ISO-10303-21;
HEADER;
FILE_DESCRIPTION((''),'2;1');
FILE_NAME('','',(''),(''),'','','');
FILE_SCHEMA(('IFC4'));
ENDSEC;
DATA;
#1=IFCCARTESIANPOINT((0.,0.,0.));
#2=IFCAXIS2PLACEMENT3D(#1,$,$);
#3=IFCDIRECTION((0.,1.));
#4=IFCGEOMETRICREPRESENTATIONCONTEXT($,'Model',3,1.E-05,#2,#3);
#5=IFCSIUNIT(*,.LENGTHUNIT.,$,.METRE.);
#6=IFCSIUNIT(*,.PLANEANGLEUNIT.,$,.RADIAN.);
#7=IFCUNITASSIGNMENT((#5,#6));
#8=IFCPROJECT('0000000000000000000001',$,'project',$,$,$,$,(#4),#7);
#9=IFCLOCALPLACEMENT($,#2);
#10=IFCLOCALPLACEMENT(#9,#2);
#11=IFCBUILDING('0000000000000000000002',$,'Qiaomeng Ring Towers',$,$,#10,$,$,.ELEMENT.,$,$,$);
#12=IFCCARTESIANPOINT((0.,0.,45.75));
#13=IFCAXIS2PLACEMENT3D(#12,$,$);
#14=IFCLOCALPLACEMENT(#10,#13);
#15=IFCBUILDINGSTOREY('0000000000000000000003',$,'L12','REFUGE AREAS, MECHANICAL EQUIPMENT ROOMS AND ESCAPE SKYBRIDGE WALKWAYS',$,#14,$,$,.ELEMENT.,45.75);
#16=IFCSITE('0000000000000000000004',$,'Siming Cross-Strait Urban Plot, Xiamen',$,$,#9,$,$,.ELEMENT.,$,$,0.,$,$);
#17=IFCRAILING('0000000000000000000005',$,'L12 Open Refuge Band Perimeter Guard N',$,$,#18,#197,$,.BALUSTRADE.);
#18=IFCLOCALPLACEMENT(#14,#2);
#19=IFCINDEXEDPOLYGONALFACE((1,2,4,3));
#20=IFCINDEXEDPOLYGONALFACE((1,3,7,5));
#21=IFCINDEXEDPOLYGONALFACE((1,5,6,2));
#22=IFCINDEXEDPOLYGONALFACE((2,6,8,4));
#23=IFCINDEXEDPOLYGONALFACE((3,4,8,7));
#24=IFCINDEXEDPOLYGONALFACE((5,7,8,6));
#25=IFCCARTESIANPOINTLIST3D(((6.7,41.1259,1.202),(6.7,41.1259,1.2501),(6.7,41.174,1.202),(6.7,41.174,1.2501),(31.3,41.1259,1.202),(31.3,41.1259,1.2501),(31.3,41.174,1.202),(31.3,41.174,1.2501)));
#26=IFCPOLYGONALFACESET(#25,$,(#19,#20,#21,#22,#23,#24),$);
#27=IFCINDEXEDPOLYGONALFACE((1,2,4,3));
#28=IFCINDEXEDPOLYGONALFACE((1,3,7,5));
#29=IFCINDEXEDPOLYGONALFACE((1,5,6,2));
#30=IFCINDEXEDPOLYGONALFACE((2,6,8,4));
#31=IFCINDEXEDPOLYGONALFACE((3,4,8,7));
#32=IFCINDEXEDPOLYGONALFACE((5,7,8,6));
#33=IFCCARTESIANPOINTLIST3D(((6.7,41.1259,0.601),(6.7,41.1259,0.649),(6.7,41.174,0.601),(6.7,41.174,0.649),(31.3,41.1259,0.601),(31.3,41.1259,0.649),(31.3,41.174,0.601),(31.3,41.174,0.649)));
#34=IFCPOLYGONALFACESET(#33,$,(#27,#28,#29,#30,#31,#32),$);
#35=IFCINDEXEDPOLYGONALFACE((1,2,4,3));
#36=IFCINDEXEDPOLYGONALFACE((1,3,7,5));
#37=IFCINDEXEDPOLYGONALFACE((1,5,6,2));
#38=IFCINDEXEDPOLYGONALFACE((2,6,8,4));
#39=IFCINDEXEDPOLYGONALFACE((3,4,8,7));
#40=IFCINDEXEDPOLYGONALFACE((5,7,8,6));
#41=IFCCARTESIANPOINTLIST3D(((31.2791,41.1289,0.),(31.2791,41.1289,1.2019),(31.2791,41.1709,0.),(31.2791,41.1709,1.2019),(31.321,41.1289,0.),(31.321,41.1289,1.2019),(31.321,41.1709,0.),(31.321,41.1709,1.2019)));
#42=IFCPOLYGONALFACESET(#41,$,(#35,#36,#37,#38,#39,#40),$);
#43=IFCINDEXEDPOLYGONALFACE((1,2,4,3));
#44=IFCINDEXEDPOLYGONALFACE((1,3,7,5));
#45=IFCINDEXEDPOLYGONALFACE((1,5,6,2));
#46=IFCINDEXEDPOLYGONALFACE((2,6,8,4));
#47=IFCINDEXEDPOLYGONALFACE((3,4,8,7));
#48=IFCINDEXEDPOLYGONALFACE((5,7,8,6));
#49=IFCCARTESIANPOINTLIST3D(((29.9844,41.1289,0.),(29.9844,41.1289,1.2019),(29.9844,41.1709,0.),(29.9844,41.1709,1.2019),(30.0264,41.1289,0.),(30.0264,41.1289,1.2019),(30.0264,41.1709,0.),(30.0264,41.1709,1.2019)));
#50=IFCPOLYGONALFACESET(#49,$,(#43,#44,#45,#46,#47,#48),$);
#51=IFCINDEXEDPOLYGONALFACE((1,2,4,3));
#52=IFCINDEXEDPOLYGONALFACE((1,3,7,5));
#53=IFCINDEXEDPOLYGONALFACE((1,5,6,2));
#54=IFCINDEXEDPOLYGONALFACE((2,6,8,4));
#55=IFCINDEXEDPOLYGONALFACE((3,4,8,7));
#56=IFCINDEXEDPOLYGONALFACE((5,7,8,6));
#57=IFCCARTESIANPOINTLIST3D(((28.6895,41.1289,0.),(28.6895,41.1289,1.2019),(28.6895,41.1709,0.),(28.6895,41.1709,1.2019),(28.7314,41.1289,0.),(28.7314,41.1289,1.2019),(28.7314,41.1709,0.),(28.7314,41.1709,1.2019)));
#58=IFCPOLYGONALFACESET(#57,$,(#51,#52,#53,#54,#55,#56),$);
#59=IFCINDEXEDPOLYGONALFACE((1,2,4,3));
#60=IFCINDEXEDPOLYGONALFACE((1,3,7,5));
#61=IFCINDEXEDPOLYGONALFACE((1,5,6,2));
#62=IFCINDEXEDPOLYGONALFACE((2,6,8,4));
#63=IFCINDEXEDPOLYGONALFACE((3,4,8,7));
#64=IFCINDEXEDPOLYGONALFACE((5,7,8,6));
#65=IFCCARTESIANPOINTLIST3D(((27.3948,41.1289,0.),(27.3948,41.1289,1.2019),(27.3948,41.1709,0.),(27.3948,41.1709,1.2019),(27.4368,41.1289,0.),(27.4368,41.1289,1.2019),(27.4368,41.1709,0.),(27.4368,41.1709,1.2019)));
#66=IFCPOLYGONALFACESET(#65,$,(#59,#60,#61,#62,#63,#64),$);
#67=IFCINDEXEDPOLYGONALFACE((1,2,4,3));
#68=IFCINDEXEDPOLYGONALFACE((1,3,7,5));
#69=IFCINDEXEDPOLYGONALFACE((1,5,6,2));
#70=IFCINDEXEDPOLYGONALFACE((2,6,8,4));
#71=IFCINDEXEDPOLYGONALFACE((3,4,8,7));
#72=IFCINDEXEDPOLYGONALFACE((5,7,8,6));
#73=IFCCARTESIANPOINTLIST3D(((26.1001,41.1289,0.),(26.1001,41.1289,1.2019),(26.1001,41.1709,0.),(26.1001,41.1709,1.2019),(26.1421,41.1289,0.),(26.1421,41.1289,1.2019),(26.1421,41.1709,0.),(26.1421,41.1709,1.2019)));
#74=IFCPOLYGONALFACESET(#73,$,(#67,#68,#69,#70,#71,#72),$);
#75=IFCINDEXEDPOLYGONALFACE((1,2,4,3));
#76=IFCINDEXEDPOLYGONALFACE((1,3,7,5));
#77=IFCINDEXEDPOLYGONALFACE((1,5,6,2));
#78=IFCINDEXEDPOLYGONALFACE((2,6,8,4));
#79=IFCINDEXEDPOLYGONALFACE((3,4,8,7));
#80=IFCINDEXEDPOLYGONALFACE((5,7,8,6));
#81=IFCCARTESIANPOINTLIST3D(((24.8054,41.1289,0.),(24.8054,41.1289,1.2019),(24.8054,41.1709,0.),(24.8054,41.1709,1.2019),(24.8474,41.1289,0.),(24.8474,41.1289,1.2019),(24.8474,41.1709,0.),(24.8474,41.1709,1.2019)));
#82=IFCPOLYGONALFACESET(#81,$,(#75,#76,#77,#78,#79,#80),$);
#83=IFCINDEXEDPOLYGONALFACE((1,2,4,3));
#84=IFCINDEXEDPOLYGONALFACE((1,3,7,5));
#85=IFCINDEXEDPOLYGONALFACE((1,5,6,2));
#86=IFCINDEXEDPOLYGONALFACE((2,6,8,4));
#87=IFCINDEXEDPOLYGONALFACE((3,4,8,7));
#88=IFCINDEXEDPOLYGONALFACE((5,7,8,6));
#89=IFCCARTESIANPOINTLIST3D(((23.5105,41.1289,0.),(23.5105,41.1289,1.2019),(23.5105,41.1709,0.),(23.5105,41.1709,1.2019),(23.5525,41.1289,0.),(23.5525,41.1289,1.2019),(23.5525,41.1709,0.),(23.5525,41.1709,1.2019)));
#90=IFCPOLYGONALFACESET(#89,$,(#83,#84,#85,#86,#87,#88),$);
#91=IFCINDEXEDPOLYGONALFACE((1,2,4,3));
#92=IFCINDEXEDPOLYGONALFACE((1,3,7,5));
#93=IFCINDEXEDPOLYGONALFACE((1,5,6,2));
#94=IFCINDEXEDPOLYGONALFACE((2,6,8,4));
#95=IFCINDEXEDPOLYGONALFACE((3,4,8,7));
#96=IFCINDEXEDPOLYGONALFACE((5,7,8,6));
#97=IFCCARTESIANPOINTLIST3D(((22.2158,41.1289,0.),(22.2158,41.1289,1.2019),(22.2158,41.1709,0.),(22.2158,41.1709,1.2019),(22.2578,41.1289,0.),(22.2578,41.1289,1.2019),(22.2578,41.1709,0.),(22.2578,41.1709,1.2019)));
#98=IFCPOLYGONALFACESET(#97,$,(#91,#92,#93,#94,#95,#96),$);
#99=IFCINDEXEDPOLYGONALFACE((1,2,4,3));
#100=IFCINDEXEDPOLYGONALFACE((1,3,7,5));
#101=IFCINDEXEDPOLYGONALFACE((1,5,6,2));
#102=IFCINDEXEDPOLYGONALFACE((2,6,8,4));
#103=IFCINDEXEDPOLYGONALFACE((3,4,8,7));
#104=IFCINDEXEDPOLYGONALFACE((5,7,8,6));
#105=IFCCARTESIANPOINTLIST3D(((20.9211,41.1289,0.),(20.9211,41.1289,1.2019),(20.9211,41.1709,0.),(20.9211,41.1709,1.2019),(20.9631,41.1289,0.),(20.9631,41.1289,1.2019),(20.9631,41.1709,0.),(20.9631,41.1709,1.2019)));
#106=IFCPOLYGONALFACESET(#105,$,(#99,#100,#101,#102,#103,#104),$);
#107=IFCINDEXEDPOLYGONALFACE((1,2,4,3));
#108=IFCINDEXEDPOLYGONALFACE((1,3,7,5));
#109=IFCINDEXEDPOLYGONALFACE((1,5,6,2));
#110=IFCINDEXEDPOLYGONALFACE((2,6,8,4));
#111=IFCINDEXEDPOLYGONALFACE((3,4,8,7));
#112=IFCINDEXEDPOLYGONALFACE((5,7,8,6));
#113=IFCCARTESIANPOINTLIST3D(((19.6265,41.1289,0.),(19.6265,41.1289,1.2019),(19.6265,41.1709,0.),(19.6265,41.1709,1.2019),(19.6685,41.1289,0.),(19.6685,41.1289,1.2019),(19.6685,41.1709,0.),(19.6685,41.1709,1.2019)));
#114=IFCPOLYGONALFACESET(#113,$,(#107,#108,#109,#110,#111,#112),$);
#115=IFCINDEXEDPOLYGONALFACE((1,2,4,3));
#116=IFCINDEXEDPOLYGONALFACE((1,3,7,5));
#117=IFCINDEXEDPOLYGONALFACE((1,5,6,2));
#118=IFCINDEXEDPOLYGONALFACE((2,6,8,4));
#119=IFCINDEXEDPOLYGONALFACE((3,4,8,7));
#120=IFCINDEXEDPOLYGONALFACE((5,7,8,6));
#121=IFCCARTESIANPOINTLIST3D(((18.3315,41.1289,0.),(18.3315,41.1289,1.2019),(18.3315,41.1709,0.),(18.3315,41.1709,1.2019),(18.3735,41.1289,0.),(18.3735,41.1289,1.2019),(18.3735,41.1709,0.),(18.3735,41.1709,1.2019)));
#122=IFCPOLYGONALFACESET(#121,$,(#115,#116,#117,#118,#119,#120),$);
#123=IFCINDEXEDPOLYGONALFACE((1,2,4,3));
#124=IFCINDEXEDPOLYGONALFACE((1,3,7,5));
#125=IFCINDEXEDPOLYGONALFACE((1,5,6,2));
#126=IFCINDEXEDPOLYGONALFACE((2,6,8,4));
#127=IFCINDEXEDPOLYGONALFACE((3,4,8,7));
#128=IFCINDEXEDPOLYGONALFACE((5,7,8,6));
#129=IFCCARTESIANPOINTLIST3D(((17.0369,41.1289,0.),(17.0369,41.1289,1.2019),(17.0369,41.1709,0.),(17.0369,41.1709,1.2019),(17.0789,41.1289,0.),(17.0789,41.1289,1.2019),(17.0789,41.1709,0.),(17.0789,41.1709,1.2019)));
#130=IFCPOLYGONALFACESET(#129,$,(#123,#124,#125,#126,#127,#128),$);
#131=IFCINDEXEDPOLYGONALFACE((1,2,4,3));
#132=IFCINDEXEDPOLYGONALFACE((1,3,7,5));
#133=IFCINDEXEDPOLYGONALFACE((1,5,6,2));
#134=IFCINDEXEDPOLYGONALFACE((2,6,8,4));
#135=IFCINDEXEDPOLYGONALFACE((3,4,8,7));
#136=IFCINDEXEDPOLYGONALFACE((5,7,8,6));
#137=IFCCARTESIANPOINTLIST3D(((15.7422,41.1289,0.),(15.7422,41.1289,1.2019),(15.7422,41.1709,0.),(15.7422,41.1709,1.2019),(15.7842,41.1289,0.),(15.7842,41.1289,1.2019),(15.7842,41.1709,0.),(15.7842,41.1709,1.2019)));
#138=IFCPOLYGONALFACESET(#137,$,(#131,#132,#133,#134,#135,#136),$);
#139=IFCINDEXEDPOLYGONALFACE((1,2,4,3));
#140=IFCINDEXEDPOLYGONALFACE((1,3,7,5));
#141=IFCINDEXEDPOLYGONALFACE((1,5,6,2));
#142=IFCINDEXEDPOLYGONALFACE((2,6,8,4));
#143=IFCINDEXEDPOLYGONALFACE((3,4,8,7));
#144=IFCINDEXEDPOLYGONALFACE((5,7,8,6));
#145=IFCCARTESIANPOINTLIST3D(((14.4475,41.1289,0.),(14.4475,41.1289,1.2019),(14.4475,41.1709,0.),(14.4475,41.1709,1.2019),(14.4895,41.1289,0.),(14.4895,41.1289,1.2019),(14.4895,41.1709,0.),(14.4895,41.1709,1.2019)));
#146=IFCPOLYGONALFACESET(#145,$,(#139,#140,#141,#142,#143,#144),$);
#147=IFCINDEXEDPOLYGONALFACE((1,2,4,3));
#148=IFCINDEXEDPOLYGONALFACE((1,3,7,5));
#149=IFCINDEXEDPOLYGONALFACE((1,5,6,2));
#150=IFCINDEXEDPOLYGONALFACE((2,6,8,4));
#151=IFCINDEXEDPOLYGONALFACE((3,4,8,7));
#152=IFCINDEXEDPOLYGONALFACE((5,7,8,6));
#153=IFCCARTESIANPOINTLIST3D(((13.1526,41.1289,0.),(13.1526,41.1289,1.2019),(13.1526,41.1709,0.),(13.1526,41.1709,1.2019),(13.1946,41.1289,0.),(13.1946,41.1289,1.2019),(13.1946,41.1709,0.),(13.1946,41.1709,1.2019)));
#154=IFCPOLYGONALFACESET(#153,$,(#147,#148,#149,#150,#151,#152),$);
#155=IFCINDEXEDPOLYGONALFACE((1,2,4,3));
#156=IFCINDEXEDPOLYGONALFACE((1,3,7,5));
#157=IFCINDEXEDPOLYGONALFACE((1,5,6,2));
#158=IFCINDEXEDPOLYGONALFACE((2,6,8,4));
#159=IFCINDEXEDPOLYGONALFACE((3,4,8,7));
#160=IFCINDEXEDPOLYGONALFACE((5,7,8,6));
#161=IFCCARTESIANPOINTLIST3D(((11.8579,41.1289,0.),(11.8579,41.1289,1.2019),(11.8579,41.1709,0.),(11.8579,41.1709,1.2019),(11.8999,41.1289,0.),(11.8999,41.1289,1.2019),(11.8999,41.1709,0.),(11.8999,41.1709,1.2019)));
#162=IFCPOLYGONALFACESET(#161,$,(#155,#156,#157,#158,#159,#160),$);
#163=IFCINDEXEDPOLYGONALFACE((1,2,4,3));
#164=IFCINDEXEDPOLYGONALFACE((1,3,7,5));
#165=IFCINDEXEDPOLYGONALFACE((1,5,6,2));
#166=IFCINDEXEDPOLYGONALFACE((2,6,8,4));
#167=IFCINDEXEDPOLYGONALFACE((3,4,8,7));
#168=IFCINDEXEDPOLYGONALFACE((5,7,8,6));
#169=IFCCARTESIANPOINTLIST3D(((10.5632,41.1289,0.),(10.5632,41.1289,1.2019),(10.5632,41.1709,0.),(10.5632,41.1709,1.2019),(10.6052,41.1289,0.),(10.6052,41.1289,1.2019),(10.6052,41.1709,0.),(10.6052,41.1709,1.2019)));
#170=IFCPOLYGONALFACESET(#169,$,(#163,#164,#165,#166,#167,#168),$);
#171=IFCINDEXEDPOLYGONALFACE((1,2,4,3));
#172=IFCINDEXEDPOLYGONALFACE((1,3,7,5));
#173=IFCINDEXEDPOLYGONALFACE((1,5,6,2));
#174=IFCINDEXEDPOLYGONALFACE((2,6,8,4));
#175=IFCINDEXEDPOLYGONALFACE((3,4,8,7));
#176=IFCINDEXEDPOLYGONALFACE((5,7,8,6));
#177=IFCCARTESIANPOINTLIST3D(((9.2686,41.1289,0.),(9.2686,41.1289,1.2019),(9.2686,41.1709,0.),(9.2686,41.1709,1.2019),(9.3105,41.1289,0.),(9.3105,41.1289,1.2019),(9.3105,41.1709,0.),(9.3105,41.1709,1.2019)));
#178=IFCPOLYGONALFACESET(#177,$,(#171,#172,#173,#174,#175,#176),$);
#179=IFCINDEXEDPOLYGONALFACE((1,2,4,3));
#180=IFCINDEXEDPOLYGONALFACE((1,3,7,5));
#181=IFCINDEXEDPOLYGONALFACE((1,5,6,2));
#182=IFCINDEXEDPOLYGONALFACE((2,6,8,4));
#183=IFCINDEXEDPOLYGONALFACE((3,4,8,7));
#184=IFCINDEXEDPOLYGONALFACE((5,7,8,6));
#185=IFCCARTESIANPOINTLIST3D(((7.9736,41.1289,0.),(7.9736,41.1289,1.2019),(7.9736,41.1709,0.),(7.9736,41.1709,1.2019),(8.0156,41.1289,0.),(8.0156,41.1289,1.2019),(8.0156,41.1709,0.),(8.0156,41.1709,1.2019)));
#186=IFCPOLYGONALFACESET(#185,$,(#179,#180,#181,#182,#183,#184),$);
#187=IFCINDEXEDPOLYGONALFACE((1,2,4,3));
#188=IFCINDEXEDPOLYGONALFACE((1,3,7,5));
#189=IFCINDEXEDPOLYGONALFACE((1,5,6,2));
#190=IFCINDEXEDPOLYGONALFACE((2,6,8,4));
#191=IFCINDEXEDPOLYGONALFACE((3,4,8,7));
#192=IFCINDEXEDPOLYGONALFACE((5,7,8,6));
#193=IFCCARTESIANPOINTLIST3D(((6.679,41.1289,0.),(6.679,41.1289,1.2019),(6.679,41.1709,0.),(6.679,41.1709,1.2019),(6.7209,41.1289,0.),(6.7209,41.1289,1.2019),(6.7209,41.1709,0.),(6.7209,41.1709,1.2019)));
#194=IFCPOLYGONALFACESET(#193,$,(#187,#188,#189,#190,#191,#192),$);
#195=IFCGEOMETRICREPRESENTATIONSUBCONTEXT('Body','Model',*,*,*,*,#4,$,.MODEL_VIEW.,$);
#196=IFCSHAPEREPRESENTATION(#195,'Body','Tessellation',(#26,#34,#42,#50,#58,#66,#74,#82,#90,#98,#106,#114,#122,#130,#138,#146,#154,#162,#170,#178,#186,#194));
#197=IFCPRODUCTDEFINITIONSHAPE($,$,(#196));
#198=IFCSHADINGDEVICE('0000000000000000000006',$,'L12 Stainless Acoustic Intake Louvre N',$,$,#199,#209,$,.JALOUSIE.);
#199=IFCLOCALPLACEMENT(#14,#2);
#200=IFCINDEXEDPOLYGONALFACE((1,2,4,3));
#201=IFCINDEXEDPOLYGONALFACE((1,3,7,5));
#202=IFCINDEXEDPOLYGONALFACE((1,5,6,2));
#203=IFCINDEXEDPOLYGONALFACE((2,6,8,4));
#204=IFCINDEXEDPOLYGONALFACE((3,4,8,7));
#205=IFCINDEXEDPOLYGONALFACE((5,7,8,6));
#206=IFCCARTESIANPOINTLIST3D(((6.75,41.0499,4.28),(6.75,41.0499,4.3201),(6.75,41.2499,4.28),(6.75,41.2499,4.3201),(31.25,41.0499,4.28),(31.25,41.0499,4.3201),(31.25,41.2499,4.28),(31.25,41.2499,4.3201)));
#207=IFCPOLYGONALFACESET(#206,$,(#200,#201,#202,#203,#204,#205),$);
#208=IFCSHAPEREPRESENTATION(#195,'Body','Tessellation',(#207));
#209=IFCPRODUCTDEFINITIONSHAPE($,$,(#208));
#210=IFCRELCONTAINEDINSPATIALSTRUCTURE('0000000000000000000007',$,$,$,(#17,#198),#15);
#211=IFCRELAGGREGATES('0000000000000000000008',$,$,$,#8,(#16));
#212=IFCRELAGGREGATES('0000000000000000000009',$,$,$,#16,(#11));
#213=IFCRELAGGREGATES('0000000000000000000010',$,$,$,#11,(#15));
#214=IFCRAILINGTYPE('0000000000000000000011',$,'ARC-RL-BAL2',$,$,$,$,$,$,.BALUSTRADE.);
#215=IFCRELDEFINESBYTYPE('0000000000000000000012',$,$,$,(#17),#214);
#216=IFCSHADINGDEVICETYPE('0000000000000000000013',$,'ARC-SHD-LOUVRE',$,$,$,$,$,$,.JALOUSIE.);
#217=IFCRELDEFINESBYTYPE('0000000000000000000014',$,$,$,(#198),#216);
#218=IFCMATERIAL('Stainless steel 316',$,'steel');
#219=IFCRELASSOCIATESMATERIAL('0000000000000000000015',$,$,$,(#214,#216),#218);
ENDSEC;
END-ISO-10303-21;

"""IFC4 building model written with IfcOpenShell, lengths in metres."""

from ifc_helpers import new_model, si_unit, direction, frame, origin, origin_2d, place, context, subcontext, project, spatial, rectangle, extrude, source, transform, mapped, material, material_profile, profile_set, type_object, element, save


model = new_model("IFC4")

# Units and contexts
model_context = context("Model", 3, precision=1e-05, world=origin(), true_north=direction((0.0, 1.0)))
body_context = subcontext(model_context, "Body", "Model", "MODEL_VIEW")
ifc_project = project(units=[si_unit("LENGTHUNIT", "METRE"), si_unit("PLANEANGLEUNIT", "RADIAN")], contexts=[model_context])

# Site, building, storey
site_placement = place(None, origin())
site = spatial("IfcSite", under=ifc_project, at=site_placement, Name="Siming Cross-Strait Urban Plot, Xiamen", CompositionType="ELEMENT", RefElevation=0.0)
building_placement = place(site_placement, origin())
building = spatial("IfcBuilding", under=site, at=building_placement, Name="Qiaomeng Ring Towers", CompositionType="ELEMENT")
storey_placement = place(building_placement, frame((0.0, 0.0, 45.75)))
storey = spatial("IfcBuildingStorey", under=building, at=storey_placement, Name="L12", Description="REFUGE AREAS, MECHANICAL EQUIPMENT ROOMS AND ESCAPE SKYBRIDGE WALKWAYS", CompositionType="ELEMENT", Elevation=45.75)

# Shared definitions
ifc_material_1 = material(Name="Stainless steel 316", Category="steel")

# Railing
railing_type_1 = type_object("IfcRailingType", Name="ARC-RL-BAL2", PredefinedType="BALUSTRADE", material=ifc_material_1)
railing_1_placement = place(storey_placement, frame((31.3, 41.1499, 0.0)))
element("IfcRailing", 1, at=railing_1_placement, inside=storey, type_object=railing_type_1, Name="L12 Open Refuge Band Perimeter Guard N", PredefinedType="BALUSTRADE", context=body_context, shape_type="SweptSolid", body=[
    extrude(rectangle(XDim=0.0481, YDim=0.0481, at=origin_2d()), frame((0.0, 0.0, 1.2261), z_axis=(-1.0, 0.0, 0.0), x_axis=(0.0, -1.0, 0.0)), (0.0, 0.0, 1.0), 24.6001),
    extrude(rectangle(XDim=0.0481, YDim=0.0481, at=origin_2d()), frame((0.0, 0.0, 0.625), z_axis=(-1.0, 0.0, 0.0), x_axis=(0.0, -1.0, 0.0)), (0.0, 0.0, 1.0), 24.6001),
    extrude(rectangle(XDim=0.042, YDim=0.042, at=origin_2d()), origin(), (0.0, 0.0, 1.0), 1.2019),
    extrude(rectangle(XDim=0.042, YDim=0.042, at=origin_2d()), frame((-1.2947, 0.0, 0.0)), (0.0, 0.0, 1.0), 1.2019),
    extrude(rectangle(XDim=0.042, YDim=0.042, at=origin_2d()), frame((-2.5896, 0.0, 0.0)), (0.0, 0.0, 1.0), 1.2019),
    extrude(rectangle(XDim=0.042, YDim=0.042, at=origin_2d()), frame((-3.8843, 0.0, 0.0)), (0.0, 0.0, 1.0), 1.2019),
    extrude(rectangle(XDim=0.042, YDim=0.042, at=origin_2d()), frame((-5.179, 0.0, 0.0)), (0.0, 0.0, 1.0), 1.2019),
    extrude(rectangle(XDim=0.042, YDim=0.042, at=origin_2d()), frame((-6.4736, 0.0, 0.0)), (0.0, 0.0, 1.0), 1.2019),
    extrude(rectangle(XDim=0.042, YDim=0.042, at=origin_2d()), frame((-7.7686, 0.0, 0.0)), (0.0, 0.0, 1.0), 1.2019),
    extrude(rectangle(XDim=0.042, YDim=0.042, at=origin_2d()), frame((-9.0632, 0.0, 0.0)), (0.0, 0.0, 1.0), 1.2019),
    extrude(rectangle(XDim=0.042, YDim=0.042, at=origin_2d()), frame((-10.3579, 0.0, 0.0)), (0.0, 0.0, 1.0), 1.2019),
    extrude(rectangle(XDim=0.042, YDim=0.042, at=origin_2d()), frame((-11.6526, 0.0, 0.0)), (0.0, 0.0, 1.0), 1.2019),
    extrude(rectangle(XDim=0.042, YDim=0.042, at=origin_2d()), frame((-12.9475, 0.0, 0.0)), (0.0, 0.0, 1.0), 1.2019),
    extrude(rectangle(XDim=0.042, YDim=0.042, at=origin_2d()), frame((-14.2422, 0.0, 0.0)), (0.0, 0.0, 1.0), 1.2019),
    extrude(rectangle(XDim=0.042, YDim=0.042, at=origin_2d()), frame((-15.5369, 0.0, 0.0)), (0.0, 0.0, 1.0), 1.2019),
    extrude(rectangle(XDim=0.042, YDim=0.042, at=origin_2d()), frame((-16.8315, 0.0, 0.0)), (0.0, 0.0, 1.0), 1.2019),
    extrude(rectangle(XDim=0.042, YDim=0.042, at=origin_2d()), frame((-18.1265, 0.0, 0.0)), (0.0, 0.0, 1.0), 1.2019),
    extrude(rectangle(XDim=0.042, YDim=0.042, at=origin_2d()), frame((-19.4211, 0.0, 0.0)), (0.0, 0.0, 1.0), 1.2019),
    extrude(rectangle(XDim=0.042, YDim=0.042, at=origin_2d()), frame((-20.7158, 0.0, 0.0)), (0.0, 0.0, 1.0), 1.2019),
    extrude(rectangle(XDim=0.042, YDim=0.042, at=origin_2d()), frame((-22.0105, 0.0, 0.0)), (0.0, 0.0, 1.0), 1.2019),
    extrude(rectangle(XDim=0.042, YDim=0.042, at=origin_2d()), frame((-23.3054, 0.0, 0.0)), (0.0, 0.0, 1.0), 1.2019),
    extrude(rectangle(XDim=0.042, YDim=0.042, at=origin_2d()), frame((-24.6001, 0.0, 0.0)), (0.0, 0.0, 1.0), 1.2019),
])

# Shading device
ifc_material_profile_1 = material_profile(ifc_material_1, rectangle(XDim=0.2, YDim=0.04, at=origin_2d()), Name="LV BLADE 200x40")
ifc_profile_set_1 = profile_set([ifc_material_profile_1], Name="Stainless steel 316")
shading_device_type = type_object("IfcShadingDeviceType", Name="ARC-SHD-LOUVRE", PredefinedType="JALOUSIE", material=ifc_profile_set_1)
shared_shape_1 = source(origin(), body_context, "Body", "SweptSolid", [
    extrude(rectangle(XDim=0.2, YDim=0.04, at=origin_2d()), origin(), (0.0, 0.0, 1.0), 24.5),
])
shading_device_placement = place(storey_placement, frame((31.25, 41.1499, 4.3), z_axis=(-1.0, 0.0, 0.0), x_axis=(0.0, -1.0, 0.0)))
element("IfcShadingDevice", 2, at=shading_device_placement, inside=storey, type_object=shading_device_type, Name="L12 Stainless Acoustic Intake Louvre N", PredefinedType="JALOUSIE", context=body_context, shape_type="MappedRepresentation", body=[
    mapped(shared_shape_1, transform((0.0, 0.0, 0.0), x_axis=(1.0, 0.0, 0.0), y_axis=(0.0, 1.0, 0.0), z_axis=(0.0, 0.0, 1.0), scale=1.0)),
])

save(model, "model.ifc")
